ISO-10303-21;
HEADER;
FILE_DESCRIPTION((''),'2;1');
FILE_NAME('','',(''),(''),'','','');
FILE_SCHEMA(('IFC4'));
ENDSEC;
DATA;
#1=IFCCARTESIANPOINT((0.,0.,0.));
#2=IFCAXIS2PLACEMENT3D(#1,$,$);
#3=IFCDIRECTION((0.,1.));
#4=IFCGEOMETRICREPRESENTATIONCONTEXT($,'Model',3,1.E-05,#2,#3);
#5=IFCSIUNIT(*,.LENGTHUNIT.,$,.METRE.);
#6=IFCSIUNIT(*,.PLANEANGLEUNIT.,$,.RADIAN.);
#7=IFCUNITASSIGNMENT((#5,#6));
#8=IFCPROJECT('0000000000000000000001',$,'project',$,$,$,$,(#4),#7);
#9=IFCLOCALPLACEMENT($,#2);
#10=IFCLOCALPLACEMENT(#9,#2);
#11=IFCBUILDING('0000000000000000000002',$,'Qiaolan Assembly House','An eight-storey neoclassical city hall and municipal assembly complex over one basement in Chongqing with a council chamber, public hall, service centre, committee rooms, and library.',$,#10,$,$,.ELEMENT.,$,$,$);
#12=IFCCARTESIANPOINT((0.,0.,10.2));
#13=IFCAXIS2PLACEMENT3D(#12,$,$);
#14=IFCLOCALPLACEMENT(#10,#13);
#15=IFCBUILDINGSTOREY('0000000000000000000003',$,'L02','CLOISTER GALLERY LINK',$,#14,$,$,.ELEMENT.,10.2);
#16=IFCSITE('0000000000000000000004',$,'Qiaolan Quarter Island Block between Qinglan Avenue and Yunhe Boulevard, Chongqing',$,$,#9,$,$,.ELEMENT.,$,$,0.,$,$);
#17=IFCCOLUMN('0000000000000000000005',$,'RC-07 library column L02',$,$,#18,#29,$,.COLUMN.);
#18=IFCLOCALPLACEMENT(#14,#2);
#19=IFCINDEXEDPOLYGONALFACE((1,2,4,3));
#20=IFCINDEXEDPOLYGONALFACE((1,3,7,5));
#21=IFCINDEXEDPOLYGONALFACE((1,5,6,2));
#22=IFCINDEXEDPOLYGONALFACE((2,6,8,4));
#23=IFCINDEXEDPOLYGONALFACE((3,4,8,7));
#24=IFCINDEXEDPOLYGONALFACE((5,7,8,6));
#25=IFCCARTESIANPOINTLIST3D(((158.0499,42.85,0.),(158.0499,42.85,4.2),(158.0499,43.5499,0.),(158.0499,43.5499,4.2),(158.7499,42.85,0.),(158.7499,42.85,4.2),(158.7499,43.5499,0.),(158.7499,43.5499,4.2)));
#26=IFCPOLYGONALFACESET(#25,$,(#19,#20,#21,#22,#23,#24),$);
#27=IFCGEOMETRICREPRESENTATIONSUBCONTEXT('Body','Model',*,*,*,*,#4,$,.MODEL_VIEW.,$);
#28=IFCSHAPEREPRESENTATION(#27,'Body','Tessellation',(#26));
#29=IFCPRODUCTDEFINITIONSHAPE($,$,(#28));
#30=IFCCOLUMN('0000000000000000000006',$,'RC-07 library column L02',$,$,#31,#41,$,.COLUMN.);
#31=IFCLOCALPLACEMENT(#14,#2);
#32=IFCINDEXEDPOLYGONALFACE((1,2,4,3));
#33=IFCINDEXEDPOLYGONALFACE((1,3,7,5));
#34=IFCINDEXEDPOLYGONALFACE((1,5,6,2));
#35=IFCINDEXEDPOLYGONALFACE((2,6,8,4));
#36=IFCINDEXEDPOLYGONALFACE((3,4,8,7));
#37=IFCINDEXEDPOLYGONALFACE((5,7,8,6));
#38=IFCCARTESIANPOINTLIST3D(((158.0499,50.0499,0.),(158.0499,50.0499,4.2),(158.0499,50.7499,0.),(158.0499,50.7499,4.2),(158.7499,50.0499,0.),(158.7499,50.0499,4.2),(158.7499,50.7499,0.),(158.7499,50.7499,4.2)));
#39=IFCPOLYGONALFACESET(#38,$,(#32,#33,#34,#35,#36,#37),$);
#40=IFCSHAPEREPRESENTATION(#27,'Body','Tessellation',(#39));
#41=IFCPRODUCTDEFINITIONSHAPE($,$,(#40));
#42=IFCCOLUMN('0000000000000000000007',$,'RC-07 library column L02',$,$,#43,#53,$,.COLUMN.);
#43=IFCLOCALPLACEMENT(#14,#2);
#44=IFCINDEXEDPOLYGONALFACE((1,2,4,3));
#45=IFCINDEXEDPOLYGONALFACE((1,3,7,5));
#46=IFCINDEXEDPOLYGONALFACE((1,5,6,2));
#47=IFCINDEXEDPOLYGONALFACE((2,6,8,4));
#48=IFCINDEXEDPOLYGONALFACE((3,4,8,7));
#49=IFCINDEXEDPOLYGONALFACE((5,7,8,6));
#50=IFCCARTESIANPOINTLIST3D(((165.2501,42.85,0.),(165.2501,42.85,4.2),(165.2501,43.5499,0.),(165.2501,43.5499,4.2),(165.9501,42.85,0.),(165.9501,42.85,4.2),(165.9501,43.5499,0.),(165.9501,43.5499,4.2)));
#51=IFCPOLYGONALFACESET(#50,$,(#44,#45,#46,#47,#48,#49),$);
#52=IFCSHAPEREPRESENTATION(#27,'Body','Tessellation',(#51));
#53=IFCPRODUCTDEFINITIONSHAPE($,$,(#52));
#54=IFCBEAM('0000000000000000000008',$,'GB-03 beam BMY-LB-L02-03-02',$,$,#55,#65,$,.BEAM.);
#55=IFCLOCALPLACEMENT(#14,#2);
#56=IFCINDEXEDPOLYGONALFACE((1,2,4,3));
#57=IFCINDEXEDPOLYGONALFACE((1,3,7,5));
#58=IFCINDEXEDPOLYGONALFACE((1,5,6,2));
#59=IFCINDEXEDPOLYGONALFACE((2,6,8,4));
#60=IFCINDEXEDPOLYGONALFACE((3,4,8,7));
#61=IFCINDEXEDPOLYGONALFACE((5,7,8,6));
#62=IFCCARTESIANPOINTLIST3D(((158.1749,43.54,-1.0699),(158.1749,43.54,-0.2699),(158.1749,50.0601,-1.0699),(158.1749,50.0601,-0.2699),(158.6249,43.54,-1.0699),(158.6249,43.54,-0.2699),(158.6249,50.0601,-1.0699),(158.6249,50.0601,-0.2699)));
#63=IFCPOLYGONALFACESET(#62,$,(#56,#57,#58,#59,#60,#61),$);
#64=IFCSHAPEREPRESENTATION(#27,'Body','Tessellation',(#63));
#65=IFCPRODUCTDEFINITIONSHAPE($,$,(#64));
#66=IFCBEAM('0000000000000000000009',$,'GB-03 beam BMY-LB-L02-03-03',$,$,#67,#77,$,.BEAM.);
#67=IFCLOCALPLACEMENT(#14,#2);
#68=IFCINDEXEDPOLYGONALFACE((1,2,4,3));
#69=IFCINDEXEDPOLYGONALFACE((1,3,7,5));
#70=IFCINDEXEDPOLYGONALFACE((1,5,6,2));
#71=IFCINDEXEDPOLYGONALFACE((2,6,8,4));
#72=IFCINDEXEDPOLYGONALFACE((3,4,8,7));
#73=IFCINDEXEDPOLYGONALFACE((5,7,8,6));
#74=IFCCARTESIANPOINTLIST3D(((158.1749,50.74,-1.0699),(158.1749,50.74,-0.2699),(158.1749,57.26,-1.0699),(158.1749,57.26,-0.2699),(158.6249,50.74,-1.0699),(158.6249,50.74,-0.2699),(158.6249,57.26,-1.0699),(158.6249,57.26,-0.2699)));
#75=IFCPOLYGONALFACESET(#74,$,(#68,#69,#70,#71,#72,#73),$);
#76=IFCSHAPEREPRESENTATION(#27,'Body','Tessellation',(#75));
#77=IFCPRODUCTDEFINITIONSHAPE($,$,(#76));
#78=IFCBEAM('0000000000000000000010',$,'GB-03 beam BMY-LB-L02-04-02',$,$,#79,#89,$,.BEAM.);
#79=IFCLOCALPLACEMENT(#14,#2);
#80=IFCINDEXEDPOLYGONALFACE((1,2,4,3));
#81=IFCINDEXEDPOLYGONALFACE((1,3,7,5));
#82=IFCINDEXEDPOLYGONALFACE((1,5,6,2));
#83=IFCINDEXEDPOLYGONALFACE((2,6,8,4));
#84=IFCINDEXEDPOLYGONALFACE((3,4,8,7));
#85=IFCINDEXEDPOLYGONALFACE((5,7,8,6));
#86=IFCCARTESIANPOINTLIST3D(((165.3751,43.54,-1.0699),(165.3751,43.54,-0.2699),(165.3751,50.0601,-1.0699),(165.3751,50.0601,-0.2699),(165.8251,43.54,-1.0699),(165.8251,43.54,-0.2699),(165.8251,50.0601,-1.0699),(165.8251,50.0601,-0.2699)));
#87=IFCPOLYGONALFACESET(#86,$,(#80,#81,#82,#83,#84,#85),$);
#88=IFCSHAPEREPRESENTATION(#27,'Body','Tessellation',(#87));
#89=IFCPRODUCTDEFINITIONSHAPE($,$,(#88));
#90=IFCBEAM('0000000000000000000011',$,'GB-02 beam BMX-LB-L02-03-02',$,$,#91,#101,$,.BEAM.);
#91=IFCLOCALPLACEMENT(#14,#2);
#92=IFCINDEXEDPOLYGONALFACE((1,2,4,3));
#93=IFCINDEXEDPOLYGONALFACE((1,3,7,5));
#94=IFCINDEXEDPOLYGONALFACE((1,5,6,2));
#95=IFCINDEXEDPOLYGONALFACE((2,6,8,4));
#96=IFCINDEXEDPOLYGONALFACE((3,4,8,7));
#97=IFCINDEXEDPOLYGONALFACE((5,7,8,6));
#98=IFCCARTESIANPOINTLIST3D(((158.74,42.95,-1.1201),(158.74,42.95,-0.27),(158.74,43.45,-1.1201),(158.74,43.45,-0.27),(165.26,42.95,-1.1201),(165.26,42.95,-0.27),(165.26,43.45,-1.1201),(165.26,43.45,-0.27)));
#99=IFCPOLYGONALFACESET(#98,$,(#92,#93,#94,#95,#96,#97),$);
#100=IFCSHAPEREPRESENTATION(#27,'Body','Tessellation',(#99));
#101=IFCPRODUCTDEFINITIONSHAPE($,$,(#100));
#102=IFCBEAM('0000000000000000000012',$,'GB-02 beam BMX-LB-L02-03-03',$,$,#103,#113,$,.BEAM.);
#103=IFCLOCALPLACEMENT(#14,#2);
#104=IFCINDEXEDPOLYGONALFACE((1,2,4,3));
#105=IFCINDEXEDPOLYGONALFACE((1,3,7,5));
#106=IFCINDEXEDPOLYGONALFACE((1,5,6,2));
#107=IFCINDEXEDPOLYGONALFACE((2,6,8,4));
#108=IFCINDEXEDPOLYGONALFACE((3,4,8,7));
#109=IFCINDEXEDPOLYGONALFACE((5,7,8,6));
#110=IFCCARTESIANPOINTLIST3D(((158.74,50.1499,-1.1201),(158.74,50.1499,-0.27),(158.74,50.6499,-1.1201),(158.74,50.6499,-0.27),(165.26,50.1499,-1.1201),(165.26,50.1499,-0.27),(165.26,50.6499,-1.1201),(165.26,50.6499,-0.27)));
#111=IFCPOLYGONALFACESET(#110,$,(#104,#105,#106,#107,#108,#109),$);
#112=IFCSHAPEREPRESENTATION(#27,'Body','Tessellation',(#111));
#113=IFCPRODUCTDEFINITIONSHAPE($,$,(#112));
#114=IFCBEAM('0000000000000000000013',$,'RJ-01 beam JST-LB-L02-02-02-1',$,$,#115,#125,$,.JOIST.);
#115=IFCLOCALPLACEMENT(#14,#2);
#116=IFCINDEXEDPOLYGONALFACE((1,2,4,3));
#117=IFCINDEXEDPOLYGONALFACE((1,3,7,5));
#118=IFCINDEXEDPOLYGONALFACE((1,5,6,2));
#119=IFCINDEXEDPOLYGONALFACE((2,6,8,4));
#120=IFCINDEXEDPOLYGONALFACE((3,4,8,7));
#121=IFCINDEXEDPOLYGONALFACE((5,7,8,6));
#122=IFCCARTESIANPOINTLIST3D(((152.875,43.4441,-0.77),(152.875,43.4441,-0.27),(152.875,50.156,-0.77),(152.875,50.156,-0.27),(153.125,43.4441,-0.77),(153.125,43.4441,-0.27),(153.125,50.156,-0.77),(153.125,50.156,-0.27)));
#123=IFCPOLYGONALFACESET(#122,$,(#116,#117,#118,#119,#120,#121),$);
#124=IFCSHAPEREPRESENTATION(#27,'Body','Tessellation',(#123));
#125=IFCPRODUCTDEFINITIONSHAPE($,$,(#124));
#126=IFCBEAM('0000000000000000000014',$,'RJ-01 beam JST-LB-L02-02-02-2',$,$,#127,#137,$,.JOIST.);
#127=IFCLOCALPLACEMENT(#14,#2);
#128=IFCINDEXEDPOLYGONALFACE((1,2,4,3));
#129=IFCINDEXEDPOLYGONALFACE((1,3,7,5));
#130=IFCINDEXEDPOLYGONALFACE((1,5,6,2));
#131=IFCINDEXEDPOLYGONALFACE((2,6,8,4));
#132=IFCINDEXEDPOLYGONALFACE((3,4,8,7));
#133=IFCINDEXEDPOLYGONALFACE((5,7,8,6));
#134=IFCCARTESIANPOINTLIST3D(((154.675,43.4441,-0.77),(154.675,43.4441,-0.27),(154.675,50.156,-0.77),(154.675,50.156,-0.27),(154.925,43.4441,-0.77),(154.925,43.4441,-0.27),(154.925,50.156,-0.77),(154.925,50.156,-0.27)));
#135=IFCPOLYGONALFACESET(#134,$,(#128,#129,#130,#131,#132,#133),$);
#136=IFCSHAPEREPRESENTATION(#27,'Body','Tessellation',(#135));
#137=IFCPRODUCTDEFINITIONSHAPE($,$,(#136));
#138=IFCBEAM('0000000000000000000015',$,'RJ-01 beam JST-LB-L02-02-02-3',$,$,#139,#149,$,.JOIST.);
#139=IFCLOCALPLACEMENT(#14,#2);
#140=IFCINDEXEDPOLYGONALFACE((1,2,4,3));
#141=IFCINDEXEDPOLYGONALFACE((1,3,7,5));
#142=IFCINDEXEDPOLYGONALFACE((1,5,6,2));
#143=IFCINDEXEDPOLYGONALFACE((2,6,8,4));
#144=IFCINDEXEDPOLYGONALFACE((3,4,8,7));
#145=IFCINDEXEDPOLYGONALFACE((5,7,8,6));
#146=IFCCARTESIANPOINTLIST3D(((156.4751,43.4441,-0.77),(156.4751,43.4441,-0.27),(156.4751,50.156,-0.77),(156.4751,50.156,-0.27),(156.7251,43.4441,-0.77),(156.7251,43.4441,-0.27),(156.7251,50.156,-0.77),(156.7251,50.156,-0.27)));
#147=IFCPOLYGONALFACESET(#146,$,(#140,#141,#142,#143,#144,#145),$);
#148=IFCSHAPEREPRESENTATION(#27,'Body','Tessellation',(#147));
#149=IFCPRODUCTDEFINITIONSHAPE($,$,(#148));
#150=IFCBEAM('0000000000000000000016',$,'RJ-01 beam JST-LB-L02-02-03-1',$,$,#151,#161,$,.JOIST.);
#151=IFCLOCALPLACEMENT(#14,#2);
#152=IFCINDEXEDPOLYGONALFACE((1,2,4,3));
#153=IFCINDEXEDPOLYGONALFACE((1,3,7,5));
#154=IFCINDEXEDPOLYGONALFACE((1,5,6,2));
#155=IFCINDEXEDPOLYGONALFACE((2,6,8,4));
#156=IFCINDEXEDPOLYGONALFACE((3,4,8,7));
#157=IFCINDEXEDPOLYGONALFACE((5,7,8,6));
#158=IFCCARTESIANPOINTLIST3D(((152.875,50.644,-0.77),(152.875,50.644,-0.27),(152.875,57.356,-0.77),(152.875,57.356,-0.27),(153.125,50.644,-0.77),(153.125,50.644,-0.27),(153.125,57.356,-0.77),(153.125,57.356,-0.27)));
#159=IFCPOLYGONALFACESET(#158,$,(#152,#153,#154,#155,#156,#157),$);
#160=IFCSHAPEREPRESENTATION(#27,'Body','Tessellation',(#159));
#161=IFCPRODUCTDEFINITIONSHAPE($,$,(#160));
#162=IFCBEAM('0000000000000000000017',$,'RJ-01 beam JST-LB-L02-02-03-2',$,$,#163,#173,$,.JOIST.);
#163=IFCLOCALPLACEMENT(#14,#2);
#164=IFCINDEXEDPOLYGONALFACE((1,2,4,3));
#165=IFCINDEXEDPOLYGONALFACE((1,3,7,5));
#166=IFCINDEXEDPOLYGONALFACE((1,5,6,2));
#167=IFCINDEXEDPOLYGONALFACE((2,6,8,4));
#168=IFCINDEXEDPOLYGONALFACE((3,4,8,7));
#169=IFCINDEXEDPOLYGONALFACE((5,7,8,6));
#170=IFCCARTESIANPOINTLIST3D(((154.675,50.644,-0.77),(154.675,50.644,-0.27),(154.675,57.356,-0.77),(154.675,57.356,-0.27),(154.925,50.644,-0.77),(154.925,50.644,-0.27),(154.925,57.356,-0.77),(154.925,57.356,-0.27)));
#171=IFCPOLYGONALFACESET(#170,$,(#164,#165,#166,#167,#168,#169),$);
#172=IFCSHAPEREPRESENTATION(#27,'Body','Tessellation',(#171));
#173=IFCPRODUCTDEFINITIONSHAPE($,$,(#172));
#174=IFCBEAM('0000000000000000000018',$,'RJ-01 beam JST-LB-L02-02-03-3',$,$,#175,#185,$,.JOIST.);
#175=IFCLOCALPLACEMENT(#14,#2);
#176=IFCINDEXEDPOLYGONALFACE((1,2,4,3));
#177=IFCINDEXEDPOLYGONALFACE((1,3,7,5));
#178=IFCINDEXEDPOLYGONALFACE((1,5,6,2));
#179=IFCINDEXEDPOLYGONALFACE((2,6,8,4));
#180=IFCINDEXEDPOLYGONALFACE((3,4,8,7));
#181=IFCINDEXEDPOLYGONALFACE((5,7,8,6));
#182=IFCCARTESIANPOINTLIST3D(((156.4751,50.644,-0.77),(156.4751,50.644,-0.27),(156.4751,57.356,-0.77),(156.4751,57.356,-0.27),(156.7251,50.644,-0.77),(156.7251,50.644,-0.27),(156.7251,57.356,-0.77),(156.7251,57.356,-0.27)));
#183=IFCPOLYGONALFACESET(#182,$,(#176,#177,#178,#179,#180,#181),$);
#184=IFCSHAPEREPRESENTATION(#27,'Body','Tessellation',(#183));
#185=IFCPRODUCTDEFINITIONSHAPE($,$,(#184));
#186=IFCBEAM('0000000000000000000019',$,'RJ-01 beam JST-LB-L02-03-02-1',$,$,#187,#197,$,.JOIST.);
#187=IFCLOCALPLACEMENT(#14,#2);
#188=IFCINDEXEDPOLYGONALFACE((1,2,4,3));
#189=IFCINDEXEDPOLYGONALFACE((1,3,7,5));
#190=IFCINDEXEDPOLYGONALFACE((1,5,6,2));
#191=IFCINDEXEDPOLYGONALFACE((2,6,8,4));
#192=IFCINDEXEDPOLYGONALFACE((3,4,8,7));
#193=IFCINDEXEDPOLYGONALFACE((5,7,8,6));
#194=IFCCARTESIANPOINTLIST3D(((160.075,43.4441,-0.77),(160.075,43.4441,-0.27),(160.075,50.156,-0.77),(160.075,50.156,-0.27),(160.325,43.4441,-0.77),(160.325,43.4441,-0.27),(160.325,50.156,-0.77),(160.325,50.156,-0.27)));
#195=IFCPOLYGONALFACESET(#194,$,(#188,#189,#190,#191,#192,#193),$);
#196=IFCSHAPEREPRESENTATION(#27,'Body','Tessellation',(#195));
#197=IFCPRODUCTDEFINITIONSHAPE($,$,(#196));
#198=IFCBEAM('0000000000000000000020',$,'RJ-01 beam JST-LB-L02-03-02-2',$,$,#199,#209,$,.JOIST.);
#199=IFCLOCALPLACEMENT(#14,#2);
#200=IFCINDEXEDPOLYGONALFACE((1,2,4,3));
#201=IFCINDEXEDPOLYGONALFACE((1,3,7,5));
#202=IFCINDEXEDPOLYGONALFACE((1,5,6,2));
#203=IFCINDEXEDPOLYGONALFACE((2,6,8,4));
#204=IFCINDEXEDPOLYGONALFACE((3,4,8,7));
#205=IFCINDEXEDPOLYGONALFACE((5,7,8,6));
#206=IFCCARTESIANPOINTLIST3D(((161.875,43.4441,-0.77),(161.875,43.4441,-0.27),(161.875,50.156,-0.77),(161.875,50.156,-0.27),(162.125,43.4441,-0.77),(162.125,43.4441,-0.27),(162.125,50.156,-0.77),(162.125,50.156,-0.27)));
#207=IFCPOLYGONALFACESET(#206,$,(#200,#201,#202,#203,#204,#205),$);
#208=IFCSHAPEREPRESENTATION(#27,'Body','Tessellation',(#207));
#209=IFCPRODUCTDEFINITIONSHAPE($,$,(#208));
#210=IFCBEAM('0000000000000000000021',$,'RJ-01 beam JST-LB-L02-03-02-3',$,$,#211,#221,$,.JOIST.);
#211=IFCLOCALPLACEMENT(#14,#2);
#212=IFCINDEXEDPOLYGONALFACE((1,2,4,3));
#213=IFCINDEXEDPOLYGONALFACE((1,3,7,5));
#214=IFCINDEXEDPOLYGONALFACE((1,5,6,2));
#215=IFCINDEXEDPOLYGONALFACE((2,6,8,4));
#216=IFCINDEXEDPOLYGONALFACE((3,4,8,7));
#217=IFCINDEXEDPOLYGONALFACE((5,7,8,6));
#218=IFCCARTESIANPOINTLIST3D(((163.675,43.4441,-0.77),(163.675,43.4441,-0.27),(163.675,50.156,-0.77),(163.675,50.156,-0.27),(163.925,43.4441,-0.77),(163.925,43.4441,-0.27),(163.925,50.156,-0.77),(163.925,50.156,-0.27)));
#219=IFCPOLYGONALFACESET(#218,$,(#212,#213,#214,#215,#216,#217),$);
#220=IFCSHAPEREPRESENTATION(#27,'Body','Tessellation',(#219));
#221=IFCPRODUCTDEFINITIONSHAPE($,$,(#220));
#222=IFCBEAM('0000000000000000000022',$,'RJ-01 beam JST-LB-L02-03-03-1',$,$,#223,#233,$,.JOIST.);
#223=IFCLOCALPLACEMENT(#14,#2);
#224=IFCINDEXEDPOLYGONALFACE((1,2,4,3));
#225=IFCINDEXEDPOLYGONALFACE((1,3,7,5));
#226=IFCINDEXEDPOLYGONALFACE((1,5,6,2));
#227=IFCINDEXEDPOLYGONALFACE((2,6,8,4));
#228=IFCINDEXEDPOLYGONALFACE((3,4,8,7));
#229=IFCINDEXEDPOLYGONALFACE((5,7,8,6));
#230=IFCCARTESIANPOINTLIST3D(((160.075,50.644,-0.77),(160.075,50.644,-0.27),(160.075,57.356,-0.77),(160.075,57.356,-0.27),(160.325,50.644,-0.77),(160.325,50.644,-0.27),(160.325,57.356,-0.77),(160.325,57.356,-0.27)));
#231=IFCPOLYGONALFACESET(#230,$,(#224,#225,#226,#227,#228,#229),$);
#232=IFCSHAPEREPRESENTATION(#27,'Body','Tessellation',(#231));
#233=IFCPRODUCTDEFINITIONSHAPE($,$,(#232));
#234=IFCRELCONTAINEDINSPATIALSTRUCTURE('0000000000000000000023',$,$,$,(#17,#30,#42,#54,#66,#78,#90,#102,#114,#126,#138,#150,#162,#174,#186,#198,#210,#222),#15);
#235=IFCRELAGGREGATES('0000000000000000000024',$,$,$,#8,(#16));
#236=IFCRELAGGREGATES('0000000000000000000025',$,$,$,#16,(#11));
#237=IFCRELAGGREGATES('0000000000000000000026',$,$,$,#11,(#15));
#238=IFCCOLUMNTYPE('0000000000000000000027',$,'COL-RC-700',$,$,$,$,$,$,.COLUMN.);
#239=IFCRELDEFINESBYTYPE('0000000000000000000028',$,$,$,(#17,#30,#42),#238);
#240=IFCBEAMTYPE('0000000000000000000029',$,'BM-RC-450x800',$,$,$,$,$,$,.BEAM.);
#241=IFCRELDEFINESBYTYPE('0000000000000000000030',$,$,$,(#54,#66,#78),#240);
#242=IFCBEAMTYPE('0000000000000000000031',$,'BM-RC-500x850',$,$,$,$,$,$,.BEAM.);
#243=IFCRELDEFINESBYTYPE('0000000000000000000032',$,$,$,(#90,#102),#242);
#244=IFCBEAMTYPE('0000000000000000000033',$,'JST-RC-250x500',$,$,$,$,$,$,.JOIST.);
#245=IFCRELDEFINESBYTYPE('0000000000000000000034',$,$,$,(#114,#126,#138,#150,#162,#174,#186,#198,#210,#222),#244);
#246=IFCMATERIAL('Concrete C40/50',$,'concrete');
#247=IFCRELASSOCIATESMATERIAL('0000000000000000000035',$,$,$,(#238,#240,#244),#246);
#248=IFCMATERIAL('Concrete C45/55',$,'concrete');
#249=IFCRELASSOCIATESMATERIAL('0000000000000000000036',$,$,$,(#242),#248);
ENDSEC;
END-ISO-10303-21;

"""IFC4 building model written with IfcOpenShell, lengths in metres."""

from ifc_helpers import new_model, si_unit, direction, frame, origin, origin_2d, place, context, subcontext, project, spatial, rectangle, extrude, material, material_profile, profile_set, type_object, element, save


model = new_model("IFC4")

# Units and contexts
model_context = context("Model", 3, precision=1e-05, world=origin(), true_north=direction((0.0, 1.0)))
body_context = subcontext(model_context, "Body", "Model", "MODEL_VIEW")
ifc_project = project(units=[si_unit("LENGTHUNIT", "METRE"), si_unit("PLANEANGLEUNIT", "RADIAN")], contexts=[model_context])

# Site, building, storey
site_placement = place(None, origin())
site = spatial("IfcSite", under=ifc_project, at=site_placement, Name="Qiaolan Quarter Island Block between Qinglan Avenue and Yunhe Boulevard, Chongqing", CompositionType="ELEMENT", RefElevation=0.0)
building_placement = place(site_placement, origin())
building = spatial("IfcBuilding", under=site, at=building_placement, Name="Qiaolan Assembly House", Description="An eight-storey neoclassical city hall and municipal assembly complex over one basement in Chongqing with a council chamber, public hall, service centre, committee rooms, and library.", CompositionType="ELEMENT")
storey_placement = place(building_placement, frame((0.0, 0.0, 10.2)))
storey = spatial("IfcBuildingStorey", under=building, at=storey_placement, Name="L02", Description="CLOISTER GALLERY LINK", CompositionType="ELEMENT", Elevation=10.2)

# Columns
ifc_material_1 = material(Name="Concrete C40/50", Category="concrete")
ifc_material_profile_1 = material_profile(ifc_material_1, rectangle(XDim=0.7, YDim=0.7, at=origin_2d()), Name="RC 700x700")
ifc_profile_set_1 = profile_set([ifc_material_profile_1], Name="Concrete C40/50")
column_type = type_object("IfcColumnType", Name="COL-RC-700", PredefinedType="COLUMN", material=ifc_profile_set_1)
for number, where, z_axis, x_axis, name in (
    (1, (158.3999, 43.2, 0.0), (0.0, 0.0, 1.0), (1.0, 0.0, 0.0), "RC-07 library column L02"),
    (2, (158.3999, 50.3999, 0.0), (0.0, 0.0, 1.0), (1.0, 0.0, 0.0), "RC-07 library column L02"),
    (3, (165.6001, 43.2, 0.0), (0.0, 0.0, 1.0), (1.0, 0.0, 0.0), "RC-07 library column L02"),
):
    element("IfcColumn", number, at=place(storey_placement, frame(where, z_axis=z_axis, x_axis=x_axis)), inside=storey, type_object=column_type, Name=name, PredefinedType="COLUMN", context=body_context, shape_type="SweptSolid", body=[
        extrude(rectangle(XDim=0.7, YDim=0.7, at=origin_2d()), origin(), (0.0, 0.0, 1.0), 4.2),
    ])

# Beams
ifc_material_profile_2 = material_profile(ifc_material_1, rectangle(XDim=0.45, YDim=0.8, at=origin_2d()), Name="RCB 450x800")
ifc_profile_set_2 = profile_set([ifc_material_profile_2], Name="Concrete C40/50")
beam_type_1 = type_object("IfcBeamType", Name="BM-RC-450x800", PredefinedType="BEAM", material=ifc_profile_set_2)
for number, where, z_axis, x_axis, name in (
    (4, (158.3999, 43.54, -0.6699), (0.0, 1.0, 0.0), (-1.0, 0.0, 0.0), "GB-03 beam BMY-LB-L02-03-02"),
    (5, (158.3999, 50.74, -0.6699), (0.0, 1.0, 0.0), (-1.0, 0.0, 0.0), "GB-03 beam BMY-LB-L02-03-03"),
    (6, (165.6001, 43.54, -0.6699), (0.0, 1.0, 0.0), (-1.0, 0.0, 0.0), "GB-03 beam BMY-LB-L02-04-02"),
):
    element("IfcBeam", number, at=place(storey_placement, frame(where, z_axis=z_axis, x_axis=x_axis)), inside=storey, type_object=beam_type_1, Name=name, PredefinedType="BEAM", context=body_context, shape_type="SweptSolid", body=[
        extrude(rectangle(XDim=0.45, YDim=0.8, at=origin_2d()), origin(), (0.0, 0.0, 1.0), 6.52),
    ])
ifc_material_2 = material(Name="Concrete C45/55", Category="concrete")
ifc_material_profile_3 = material_profile(ifc_material_2, rectangle(XDim=0.5, YDim=0.8501, at=origin_2d()), Name="RCB 500x850")
ifc_profile_set_3 = profile_set([ifc_material_profile_3], Name="Concrete C45/55")
beam_type_2 = type_object("IfcBeamType", Name="BM-RC-500x850", PredefinedType="BEAM", material=ifc_profile_set_3)
for number, where, z_axis, x_axis, name in (
    (7, (158.74, 43.2, -0.6951), (1.0, 0.0, 0.0), (0.0, 1.0, 0.0), "GB-02 beam BMX-LB-L02-03-02"),
    (8, (158.74, 50.3999, -0.6951), (1.0, 0.0, 0.0), (0.0, 1.0, 0.0), "GB-02 beam BMX-LB-L02-03-03"),
):
    element("IfcBeam", number, at=place(storey_placement, frame(where, z_axis=z_axis, x_axis=x_axis)), inside=storey, type_object=beam_type_2, Name=name, PredefinedType="BEAM", context=body_context, shape_type="SweptSolid", body=[
        extrude(rectangle(XDim=0.5, YDim=0.8501, at=origin_2d()), origin(), (0.0, 0.0, 1.0), 6.52),
    ])
ifc_material_profile_4 = material_profile(ifc_material_1, rectangle(XDim=0.25, YDim=0.5, at=origin_2d()), Name="RCB 250x500")
ifc_profile_set_4 = profile_set([ifc_material_profile_4], Name="Concrete C40/50")
beam_type_3 = type_object("IfcBeamType", Name="JST-RC-250x500", PredefinedType="JOIST", material=ifc_profile_set_4)
for number, where, z_axis, x_axis, name in (
    (9, (153.0, 43.4441, -0.52), (0.0, 1.0, 0.0), (-1.0, 0.0, 0.0), "RJ-01 beam JST-LB-L02-02-02-1"),
    (10, (154.8, 43.4441, -0.52), (0.0, 1.0, 0.0), (-1.0, 0.0, 0.0), "RJ-01 beam JST-LB-L02-02-02-2"),
    (11, (156.6001, 43.4441, -0.52), (0.0, 1.0, 0.0), (-1.0, 0.0, 0.0), "RJ-01 beam JST-LB-L02-02-02-3"),
    (12, (153.0, 50.644, -0.52), (0.0, 1.0, 0.0), (-1.0, 0.0, 0.0), "RJ-01 beam JST-LB-L02-02-03-1"),
    (13, (154.8, 50.644, -0.52), (0.0, 1.0, 0.0), (-1.0, 0.0, 0.0), "RJ-01 beam JST-LB-L02-02-03-2"),
    (14, (156.6001, 50.644, -0.52), (0.0, 1.0, 0.0), (-1.0, 0.0, 0.0), "RJ-01 beam JST-LB-L02-02-03-3"),
    (15, (160.2, 43.4441, -0.52), (0.0, 1.0, 0.0), (-1.0, 0.0, 0.0), "RJ-01 beam JST-LB-L02-03-02-1"),
    (16, (162.0, 43.4441, -0.52), (0.0, 1.0, 0.0), (-1.0, 0.0, 0.0), "RJ-01 beam JST-LB-L02-03-02-2"),
    (17, (163.8, 43.4441, -0.52), (0.0, 1.0, 0.0), (-1.0, 0.0, 0.0), "RJ-01 beam JST-LB-L02-03-02-3"),
    (18, (160.2, 50.644, -0.52), (0.0, 1.0, 0.0), (-1.0, 0.0, 0.0), "RJ-01 beam JST-LB-L02-03-03-1"),
):
    element("IfcBeam", number, at=place(storey_placement, frame(where, z_axis=z_axis, x_axis=x_axis)), inside=storey, type_object=beam_type_3, Name=name, PredefinedType="JOIST", context=body_context, shape_type="SweptSolid", body=[
        extrude(rectangle(XDim=0.25, YDim=0.5, at=origin_2d()), origin(), (0.0, 0.0, 1.0), 6.7119),
    ])

save(model, "model.ifc")
